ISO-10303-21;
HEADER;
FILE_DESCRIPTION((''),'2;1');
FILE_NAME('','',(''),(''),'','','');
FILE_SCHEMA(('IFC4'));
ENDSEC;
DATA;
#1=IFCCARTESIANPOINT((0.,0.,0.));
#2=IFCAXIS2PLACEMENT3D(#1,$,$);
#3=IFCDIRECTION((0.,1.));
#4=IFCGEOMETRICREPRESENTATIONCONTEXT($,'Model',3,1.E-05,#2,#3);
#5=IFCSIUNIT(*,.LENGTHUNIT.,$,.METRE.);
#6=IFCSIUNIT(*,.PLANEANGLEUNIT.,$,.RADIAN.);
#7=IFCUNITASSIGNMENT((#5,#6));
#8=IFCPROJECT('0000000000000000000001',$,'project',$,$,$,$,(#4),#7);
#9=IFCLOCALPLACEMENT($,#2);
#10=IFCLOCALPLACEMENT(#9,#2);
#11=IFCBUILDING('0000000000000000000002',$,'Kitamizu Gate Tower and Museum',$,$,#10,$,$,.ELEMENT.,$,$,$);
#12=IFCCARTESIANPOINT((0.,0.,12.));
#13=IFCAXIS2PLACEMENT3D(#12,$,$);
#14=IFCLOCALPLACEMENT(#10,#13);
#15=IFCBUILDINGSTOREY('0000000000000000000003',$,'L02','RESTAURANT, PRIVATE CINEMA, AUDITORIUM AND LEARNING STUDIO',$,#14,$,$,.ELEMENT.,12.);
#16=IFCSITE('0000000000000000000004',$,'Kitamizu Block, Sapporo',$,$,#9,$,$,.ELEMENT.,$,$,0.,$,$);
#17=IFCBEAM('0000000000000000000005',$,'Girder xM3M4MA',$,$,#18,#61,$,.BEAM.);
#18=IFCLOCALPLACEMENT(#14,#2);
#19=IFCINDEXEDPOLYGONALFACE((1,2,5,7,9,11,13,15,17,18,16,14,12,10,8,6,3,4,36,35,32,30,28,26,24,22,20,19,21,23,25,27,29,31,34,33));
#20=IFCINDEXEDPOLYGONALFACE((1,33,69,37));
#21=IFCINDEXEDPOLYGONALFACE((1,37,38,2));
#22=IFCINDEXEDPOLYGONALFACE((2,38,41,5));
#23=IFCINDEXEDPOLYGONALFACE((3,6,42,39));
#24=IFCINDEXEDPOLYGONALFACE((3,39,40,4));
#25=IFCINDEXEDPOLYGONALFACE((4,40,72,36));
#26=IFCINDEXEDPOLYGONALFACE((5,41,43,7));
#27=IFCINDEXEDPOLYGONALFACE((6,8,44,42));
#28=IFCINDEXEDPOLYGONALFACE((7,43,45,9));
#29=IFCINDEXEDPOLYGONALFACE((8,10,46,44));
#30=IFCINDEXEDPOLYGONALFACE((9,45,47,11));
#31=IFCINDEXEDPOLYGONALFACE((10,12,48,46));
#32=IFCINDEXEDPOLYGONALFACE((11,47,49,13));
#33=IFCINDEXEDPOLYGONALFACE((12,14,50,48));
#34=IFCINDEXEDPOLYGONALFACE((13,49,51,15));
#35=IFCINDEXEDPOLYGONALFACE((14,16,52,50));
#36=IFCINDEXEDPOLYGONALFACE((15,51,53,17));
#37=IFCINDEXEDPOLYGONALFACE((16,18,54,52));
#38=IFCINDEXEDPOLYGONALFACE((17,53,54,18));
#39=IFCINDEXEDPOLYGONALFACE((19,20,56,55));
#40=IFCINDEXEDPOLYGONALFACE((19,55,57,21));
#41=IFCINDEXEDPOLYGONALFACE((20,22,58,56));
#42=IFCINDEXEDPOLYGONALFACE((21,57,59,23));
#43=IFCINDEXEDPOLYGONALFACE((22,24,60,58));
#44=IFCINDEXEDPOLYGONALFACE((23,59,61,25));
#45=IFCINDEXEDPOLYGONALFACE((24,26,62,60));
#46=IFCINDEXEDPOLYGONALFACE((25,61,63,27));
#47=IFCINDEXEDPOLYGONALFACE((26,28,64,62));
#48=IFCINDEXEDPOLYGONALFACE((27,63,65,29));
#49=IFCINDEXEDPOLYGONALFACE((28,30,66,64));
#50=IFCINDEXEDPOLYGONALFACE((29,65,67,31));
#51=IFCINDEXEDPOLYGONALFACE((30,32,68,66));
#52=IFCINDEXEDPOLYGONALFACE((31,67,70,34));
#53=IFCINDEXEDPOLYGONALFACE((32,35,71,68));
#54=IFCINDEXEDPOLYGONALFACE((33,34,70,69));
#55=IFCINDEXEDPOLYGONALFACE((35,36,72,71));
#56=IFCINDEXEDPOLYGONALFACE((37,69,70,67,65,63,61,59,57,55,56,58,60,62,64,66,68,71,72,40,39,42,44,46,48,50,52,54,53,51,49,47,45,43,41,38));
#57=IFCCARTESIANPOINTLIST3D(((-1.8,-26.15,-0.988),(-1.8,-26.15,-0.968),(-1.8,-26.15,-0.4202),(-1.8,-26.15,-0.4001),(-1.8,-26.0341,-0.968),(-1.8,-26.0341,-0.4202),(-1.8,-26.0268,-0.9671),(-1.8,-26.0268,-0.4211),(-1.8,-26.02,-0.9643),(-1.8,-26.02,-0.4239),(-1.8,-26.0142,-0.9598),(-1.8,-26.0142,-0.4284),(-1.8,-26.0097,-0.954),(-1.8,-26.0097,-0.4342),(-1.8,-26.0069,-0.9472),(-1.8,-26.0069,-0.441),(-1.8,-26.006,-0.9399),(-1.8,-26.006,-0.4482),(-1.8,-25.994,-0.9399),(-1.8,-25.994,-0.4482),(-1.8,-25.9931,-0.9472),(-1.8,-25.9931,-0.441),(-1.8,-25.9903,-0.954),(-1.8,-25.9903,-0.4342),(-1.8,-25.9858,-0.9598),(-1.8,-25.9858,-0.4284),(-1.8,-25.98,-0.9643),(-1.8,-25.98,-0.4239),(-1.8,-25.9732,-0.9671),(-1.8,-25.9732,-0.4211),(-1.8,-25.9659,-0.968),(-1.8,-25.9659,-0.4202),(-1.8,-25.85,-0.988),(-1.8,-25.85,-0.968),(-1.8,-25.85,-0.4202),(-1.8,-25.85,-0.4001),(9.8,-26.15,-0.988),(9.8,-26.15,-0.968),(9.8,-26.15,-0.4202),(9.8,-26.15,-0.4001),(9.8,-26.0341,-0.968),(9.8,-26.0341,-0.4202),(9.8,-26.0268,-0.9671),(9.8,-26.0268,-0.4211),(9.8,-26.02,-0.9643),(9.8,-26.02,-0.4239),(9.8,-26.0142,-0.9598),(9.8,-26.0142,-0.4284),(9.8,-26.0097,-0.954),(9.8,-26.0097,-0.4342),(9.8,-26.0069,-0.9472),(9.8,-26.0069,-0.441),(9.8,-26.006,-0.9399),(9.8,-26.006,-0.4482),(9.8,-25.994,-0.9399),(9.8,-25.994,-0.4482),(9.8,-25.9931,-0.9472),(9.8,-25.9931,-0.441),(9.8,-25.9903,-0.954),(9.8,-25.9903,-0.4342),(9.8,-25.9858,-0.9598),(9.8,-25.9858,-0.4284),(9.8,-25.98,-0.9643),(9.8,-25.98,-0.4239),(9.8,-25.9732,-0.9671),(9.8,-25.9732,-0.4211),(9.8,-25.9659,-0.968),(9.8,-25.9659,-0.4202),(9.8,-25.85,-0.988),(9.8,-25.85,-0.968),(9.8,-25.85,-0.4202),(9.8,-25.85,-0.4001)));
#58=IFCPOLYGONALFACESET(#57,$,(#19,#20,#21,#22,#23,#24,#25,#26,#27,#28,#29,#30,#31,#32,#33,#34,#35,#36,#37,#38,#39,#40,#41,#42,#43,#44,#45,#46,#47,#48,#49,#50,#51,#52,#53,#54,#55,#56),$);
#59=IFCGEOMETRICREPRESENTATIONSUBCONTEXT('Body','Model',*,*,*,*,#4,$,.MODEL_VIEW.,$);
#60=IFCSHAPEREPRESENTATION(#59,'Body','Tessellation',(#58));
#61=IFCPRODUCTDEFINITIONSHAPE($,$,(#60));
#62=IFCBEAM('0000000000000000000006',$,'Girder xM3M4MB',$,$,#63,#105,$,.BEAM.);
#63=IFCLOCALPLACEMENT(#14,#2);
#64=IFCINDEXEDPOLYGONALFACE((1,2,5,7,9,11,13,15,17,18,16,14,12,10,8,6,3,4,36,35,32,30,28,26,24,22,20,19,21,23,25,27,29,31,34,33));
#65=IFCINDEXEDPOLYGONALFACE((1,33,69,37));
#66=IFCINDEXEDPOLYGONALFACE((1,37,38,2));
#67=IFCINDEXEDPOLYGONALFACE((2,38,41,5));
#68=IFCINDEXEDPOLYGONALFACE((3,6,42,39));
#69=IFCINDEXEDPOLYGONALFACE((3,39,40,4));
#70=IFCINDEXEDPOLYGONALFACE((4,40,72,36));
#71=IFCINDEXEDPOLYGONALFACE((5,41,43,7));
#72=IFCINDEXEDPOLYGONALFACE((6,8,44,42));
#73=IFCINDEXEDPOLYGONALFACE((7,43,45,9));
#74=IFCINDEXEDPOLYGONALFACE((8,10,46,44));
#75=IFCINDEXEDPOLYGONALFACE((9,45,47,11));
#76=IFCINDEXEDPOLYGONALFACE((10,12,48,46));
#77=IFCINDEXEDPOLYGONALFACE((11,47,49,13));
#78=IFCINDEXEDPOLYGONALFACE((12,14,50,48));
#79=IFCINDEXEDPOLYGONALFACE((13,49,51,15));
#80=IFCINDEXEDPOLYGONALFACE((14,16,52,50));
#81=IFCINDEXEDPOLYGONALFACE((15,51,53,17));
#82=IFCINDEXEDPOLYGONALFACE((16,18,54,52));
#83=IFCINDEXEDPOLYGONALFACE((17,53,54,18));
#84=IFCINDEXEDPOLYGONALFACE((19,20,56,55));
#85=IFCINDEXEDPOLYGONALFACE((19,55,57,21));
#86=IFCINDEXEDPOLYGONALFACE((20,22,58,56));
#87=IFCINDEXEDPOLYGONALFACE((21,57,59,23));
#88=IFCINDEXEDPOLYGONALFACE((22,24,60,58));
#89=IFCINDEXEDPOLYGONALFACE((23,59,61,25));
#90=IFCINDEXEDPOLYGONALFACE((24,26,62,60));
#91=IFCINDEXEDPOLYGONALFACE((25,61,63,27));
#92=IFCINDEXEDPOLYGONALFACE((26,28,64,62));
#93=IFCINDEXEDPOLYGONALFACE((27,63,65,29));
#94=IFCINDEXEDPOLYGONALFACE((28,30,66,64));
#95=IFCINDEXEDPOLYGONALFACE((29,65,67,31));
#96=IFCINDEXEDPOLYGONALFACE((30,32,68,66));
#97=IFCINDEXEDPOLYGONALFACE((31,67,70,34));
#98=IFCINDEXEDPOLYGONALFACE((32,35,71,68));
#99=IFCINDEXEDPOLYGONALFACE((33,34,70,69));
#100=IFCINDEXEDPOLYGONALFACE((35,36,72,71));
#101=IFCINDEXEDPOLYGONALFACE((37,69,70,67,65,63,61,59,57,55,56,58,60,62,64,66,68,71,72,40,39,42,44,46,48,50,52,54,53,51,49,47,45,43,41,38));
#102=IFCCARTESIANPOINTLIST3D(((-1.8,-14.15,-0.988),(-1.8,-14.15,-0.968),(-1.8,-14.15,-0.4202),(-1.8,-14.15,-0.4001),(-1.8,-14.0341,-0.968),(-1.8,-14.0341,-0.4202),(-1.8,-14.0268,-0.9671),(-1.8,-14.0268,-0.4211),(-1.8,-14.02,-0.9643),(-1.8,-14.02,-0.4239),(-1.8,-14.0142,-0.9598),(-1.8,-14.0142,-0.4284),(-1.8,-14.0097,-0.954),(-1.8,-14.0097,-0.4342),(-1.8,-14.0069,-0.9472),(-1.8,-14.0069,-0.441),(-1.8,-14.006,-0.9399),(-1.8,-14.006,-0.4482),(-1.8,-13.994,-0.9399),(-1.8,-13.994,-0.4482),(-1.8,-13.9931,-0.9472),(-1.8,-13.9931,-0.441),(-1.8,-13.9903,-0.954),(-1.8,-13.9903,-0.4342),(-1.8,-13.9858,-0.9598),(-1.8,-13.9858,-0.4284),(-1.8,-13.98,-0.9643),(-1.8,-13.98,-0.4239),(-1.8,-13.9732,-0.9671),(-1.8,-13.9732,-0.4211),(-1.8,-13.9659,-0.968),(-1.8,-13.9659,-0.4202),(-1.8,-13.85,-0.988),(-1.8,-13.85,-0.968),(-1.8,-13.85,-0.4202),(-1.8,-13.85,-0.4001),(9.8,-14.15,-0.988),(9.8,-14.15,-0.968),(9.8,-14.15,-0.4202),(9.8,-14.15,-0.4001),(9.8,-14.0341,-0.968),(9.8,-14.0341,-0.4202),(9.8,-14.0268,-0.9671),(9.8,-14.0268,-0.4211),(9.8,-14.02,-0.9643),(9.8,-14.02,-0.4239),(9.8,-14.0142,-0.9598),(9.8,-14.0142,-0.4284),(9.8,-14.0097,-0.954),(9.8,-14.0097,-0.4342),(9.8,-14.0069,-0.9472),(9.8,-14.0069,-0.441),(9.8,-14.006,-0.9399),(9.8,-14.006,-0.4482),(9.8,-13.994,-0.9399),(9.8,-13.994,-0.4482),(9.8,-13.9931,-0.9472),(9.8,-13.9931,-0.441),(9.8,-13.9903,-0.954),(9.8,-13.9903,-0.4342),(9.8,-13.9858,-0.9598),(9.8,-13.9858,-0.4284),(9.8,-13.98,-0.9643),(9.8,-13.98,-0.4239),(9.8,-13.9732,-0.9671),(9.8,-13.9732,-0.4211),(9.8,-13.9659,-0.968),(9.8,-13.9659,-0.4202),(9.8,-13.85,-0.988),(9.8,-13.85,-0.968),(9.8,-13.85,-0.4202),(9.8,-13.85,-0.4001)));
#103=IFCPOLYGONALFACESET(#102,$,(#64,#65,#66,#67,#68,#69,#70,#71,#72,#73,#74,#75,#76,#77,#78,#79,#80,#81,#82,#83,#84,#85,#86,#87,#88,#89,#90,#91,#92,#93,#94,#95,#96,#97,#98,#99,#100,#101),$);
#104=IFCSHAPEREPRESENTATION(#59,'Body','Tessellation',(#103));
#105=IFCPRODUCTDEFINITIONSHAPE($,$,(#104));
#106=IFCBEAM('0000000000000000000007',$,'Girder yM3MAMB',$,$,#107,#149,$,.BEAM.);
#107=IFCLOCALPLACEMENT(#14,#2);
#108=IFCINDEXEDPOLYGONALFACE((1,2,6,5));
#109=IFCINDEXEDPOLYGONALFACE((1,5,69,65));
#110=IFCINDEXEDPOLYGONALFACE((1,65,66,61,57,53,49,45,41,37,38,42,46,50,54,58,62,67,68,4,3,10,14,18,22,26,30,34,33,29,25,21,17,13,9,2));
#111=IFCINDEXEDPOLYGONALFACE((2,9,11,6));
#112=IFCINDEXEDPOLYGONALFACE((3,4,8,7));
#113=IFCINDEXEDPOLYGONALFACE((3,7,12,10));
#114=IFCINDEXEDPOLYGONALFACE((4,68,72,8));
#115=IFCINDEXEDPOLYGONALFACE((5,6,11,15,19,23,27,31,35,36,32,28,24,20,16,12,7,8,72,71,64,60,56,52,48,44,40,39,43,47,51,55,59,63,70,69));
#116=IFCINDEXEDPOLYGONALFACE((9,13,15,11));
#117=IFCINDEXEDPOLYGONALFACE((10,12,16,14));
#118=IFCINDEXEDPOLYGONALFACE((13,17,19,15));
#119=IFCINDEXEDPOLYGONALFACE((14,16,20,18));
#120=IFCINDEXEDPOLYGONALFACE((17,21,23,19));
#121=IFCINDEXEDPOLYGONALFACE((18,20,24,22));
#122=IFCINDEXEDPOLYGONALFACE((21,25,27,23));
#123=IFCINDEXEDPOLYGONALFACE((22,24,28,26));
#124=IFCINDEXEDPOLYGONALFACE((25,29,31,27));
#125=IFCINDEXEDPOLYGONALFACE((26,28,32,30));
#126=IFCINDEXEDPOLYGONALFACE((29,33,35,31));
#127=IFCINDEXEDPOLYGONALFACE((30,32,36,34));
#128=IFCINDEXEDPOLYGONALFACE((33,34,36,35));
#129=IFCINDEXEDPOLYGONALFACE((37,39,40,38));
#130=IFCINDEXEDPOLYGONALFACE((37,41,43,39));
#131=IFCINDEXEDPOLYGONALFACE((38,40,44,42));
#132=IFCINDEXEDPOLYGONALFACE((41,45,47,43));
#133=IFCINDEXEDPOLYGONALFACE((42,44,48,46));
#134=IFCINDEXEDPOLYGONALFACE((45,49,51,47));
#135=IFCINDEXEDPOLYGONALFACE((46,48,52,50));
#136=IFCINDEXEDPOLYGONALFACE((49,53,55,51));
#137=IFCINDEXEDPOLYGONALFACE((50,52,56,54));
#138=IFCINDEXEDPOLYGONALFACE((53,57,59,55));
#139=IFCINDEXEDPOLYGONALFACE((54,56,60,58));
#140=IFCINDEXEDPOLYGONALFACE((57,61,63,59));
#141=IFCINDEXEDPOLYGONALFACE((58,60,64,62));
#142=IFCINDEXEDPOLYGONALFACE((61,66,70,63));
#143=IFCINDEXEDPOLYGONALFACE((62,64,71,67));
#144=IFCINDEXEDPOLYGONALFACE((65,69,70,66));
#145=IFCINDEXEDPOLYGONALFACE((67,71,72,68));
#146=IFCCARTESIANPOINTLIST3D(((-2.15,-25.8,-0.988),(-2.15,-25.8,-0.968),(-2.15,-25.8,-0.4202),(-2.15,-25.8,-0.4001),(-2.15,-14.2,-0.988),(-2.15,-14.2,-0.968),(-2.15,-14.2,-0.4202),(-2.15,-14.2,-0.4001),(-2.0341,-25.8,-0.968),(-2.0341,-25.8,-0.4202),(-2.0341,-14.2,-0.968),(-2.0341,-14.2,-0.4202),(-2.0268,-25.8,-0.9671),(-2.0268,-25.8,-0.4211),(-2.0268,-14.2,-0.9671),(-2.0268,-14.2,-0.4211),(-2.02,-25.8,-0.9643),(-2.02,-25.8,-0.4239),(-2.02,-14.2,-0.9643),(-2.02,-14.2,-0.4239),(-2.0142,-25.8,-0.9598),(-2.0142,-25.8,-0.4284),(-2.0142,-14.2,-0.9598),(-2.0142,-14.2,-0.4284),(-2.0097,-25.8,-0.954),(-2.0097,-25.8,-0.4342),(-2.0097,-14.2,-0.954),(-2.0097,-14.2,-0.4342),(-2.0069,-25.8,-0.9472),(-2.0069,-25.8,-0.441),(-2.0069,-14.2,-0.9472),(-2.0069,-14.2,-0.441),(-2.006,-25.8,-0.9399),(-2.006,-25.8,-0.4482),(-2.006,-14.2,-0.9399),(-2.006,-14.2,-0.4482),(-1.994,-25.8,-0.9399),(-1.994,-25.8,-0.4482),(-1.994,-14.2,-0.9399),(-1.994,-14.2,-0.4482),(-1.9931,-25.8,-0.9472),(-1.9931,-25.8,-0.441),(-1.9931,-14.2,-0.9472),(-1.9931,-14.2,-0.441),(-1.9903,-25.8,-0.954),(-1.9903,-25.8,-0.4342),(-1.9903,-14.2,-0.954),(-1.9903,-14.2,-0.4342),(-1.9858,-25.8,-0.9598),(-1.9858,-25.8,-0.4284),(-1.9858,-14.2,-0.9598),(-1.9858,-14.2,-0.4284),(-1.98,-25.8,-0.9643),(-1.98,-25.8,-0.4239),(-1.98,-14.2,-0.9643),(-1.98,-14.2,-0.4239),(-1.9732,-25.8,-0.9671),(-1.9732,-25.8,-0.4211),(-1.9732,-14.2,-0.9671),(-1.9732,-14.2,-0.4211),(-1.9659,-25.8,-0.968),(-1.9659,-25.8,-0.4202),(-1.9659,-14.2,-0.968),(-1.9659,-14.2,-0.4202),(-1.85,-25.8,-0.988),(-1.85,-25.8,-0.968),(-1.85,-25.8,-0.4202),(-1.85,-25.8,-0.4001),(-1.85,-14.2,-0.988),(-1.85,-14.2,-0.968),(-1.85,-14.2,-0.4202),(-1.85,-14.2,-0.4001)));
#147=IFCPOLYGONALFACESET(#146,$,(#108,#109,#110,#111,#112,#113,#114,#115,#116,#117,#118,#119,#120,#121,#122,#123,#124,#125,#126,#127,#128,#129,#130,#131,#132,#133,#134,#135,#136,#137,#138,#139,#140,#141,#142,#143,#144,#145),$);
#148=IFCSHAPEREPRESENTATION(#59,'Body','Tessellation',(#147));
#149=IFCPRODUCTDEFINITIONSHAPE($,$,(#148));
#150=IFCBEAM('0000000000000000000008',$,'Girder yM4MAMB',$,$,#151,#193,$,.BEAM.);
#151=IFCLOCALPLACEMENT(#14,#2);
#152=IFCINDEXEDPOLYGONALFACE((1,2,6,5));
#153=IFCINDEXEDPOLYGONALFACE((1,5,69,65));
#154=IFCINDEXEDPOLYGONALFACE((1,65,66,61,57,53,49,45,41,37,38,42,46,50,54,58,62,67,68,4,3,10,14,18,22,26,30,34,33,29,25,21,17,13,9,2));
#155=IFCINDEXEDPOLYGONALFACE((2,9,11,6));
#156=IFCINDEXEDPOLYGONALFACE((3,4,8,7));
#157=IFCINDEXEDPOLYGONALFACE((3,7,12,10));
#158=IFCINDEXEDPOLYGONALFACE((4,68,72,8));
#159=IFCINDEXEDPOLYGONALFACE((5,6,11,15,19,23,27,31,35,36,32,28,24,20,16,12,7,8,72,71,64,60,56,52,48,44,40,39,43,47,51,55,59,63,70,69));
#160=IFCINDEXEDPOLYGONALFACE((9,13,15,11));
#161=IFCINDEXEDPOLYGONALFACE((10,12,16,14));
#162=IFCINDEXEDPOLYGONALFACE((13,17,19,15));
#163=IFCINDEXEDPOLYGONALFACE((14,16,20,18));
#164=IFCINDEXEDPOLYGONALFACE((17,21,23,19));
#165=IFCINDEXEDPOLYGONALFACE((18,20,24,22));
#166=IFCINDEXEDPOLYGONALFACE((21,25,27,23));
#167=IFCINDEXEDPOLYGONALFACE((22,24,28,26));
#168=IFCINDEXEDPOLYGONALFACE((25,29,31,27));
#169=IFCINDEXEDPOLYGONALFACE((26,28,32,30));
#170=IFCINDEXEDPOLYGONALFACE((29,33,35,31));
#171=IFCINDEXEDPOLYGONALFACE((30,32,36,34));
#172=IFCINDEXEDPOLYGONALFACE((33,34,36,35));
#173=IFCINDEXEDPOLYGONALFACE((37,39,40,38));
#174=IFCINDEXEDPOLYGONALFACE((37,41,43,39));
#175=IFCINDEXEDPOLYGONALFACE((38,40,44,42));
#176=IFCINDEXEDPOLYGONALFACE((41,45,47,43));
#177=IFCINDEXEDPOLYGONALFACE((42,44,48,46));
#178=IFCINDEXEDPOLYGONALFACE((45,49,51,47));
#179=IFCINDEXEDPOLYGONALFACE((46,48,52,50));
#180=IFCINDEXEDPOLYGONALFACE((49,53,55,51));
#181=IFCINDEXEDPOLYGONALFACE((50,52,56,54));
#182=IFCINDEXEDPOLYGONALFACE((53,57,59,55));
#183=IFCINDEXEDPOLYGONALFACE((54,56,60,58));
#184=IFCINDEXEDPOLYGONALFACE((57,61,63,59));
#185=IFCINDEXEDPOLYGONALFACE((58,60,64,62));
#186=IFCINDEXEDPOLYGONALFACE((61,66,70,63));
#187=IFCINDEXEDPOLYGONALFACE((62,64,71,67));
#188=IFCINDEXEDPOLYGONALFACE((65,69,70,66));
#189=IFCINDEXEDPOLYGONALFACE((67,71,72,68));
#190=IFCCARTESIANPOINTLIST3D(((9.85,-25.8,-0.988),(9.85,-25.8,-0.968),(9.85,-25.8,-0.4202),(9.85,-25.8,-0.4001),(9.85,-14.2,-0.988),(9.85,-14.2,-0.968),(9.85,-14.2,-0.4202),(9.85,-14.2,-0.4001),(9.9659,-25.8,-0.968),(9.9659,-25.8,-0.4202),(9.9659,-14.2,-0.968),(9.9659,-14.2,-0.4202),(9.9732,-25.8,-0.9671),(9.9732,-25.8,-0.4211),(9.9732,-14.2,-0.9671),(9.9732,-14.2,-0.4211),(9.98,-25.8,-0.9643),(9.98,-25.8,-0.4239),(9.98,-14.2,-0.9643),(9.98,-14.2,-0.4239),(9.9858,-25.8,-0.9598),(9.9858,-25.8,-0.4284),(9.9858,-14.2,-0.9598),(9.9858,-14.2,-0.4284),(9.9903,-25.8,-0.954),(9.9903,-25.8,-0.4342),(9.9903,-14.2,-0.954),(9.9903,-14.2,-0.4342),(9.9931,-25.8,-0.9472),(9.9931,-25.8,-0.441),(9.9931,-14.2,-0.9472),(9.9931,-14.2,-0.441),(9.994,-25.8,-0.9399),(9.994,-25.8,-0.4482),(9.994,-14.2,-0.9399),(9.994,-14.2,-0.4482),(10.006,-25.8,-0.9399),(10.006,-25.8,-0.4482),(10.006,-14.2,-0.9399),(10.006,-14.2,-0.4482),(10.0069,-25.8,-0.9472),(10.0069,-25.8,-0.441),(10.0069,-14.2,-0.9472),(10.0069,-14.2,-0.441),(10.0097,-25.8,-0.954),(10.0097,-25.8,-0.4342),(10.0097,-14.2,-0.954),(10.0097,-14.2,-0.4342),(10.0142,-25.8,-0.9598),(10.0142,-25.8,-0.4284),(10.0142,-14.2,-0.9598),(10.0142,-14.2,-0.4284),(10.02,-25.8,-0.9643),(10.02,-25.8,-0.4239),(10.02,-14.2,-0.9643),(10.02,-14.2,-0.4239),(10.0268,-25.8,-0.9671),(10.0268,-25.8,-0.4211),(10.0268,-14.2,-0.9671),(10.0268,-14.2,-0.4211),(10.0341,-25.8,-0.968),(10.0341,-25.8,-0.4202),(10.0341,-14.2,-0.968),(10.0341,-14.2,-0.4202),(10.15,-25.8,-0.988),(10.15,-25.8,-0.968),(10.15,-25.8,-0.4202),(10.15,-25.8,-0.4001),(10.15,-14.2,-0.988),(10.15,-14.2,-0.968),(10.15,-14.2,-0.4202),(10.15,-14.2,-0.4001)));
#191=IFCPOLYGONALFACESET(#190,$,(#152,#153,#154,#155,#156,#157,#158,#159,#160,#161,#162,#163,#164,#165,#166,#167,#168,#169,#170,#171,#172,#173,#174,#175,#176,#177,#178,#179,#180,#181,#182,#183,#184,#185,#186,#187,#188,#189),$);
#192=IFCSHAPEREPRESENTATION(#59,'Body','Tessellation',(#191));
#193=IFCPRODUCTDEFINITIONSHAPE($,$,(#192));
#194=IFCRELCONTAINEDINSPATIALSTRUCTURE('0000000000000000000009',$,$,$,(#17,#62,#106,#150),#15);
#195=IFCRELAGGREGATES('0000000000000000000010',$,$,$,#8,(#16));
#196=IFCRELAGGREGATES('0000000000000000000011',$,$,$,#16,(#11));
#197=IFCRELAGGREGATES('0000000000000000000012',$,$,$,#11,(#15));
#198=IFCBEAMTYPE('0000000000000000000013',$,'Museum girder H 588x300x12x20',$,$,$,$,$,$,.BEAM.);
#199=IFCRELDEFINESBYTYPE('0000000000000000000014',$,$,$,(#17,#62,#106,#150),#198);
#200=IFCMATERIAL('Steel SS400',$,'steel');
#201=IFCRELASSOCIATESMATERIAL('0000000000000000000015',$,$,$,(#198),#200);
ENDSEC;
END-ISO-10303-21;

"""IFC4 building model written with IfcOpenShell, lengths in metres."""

from ifc_helpers import new_model, si_unit, direction, frame, origin, origin_2d, place, context, subcontext, project, spatial, i_section, extrude, material, material_profile, profile_set, type_object, element, save


model = new_model("IFC4")

# Units and contexts
model_context = context("Model", 3, precision=1e-05, world=origin(), true_north=direction((0.0, 1.0)))
body_context = subcontext(model_context, "Body", "Model", "MODEL_VIEW")
ifc_project = project(units=[si_unit("LENGTHUNIT", "METRE"), si_unit("PLANEANGLEUNIT", "RADIAN")], contexts=[model_context])

# Site, building, storey
site_placement = place(None, origin())
site = spatial("IfcSite", under=ifc_project, at=site_placement, Name="Kitamizu Block, Sapporo", CompositionType="ELEMENT", RefElevation=0.0)
building_placement = place(site_placement, origin())
building = spatial("IfcBuilding", under=site, at=building_placement, Name="Kitamizu Gate Tower and Museum", CompositionType="ELEMENT")
storey_placement = place(building_placement, frame((0.0, 0.0, 12.0)))
storey = spatial("IfcBuildingStorey", under=building, at=storey_placement, Name="L02", Description="RESTAURANT, PRIVATE CINEMA, AUDITORIUM AND LEARNING STUDIO", CompositionType="ELEMENT", Elevation=12.0)

# Beams
ifc_material_1 = material(Name="Steel SS400", Category="steel")
ifc_material_profile_1 = material_profile(ifc_material_1, i_section(OverallWidth=0.3, OverallDepth=0.5879, WebThickness=0.012, FlangeThickness=0.02, FilletRadius=0.0281, at=origin_2d()), Name="H-588x300x12x20")
ifc_profile_set_1 = profile_set([ifc_material_profile_1], Name="Steel SS400")
beam_type_1 = type_object("IfcBeamType", Name="Museum girder H 588x300x12x20", PredefinedType="BEAM", material=ifc_profile_set_1)
for number, where, z_axis, x_axis, name in (
    (1, (-1.8, -26.0, -0.6941), (1.0, 0.0, 0.0), (0.0, 1.0, 0.0), "Girder xM3M4MA"),
    (2, (-1.8, -14.0, -0.6941), (1.0, 0.0, 0.0), (0.0, 1.0, 0.0), "Girder xM3M4MB"),
    (3, (-2.0, -25.8, -0.6941), (0.0, 1.0, 0.0), (-1.0, 0.0, 0.0), "Girder yM3MAMB"),
    (4, (10.0, -25.8, -0.6941), (0.0, 1.0, 0.0), (-1.0, 0.0, 0.0), "Girder yM4MAMB"),
):
    element("IfcBeam", number, at=place(storey_placement, frame(where, z_axis=z_axis, x_axis=x_axis)), inside=storey, type_object=beam_type_1, Name=name, PredefinedType="BEAM", context=body_context, shape_type="SweptSolid", body=[
        extrude(i_section(OverallWidth=0.3, OverallDepth=0.5879, WebThickness=0.012, FlangeThickness=0.02, FilletRadius=0.0281, at=origin_2d()), origin(), (0.0, 0.0, 1.0), 11.6001),
    ])

save(model, "model.ifc")
